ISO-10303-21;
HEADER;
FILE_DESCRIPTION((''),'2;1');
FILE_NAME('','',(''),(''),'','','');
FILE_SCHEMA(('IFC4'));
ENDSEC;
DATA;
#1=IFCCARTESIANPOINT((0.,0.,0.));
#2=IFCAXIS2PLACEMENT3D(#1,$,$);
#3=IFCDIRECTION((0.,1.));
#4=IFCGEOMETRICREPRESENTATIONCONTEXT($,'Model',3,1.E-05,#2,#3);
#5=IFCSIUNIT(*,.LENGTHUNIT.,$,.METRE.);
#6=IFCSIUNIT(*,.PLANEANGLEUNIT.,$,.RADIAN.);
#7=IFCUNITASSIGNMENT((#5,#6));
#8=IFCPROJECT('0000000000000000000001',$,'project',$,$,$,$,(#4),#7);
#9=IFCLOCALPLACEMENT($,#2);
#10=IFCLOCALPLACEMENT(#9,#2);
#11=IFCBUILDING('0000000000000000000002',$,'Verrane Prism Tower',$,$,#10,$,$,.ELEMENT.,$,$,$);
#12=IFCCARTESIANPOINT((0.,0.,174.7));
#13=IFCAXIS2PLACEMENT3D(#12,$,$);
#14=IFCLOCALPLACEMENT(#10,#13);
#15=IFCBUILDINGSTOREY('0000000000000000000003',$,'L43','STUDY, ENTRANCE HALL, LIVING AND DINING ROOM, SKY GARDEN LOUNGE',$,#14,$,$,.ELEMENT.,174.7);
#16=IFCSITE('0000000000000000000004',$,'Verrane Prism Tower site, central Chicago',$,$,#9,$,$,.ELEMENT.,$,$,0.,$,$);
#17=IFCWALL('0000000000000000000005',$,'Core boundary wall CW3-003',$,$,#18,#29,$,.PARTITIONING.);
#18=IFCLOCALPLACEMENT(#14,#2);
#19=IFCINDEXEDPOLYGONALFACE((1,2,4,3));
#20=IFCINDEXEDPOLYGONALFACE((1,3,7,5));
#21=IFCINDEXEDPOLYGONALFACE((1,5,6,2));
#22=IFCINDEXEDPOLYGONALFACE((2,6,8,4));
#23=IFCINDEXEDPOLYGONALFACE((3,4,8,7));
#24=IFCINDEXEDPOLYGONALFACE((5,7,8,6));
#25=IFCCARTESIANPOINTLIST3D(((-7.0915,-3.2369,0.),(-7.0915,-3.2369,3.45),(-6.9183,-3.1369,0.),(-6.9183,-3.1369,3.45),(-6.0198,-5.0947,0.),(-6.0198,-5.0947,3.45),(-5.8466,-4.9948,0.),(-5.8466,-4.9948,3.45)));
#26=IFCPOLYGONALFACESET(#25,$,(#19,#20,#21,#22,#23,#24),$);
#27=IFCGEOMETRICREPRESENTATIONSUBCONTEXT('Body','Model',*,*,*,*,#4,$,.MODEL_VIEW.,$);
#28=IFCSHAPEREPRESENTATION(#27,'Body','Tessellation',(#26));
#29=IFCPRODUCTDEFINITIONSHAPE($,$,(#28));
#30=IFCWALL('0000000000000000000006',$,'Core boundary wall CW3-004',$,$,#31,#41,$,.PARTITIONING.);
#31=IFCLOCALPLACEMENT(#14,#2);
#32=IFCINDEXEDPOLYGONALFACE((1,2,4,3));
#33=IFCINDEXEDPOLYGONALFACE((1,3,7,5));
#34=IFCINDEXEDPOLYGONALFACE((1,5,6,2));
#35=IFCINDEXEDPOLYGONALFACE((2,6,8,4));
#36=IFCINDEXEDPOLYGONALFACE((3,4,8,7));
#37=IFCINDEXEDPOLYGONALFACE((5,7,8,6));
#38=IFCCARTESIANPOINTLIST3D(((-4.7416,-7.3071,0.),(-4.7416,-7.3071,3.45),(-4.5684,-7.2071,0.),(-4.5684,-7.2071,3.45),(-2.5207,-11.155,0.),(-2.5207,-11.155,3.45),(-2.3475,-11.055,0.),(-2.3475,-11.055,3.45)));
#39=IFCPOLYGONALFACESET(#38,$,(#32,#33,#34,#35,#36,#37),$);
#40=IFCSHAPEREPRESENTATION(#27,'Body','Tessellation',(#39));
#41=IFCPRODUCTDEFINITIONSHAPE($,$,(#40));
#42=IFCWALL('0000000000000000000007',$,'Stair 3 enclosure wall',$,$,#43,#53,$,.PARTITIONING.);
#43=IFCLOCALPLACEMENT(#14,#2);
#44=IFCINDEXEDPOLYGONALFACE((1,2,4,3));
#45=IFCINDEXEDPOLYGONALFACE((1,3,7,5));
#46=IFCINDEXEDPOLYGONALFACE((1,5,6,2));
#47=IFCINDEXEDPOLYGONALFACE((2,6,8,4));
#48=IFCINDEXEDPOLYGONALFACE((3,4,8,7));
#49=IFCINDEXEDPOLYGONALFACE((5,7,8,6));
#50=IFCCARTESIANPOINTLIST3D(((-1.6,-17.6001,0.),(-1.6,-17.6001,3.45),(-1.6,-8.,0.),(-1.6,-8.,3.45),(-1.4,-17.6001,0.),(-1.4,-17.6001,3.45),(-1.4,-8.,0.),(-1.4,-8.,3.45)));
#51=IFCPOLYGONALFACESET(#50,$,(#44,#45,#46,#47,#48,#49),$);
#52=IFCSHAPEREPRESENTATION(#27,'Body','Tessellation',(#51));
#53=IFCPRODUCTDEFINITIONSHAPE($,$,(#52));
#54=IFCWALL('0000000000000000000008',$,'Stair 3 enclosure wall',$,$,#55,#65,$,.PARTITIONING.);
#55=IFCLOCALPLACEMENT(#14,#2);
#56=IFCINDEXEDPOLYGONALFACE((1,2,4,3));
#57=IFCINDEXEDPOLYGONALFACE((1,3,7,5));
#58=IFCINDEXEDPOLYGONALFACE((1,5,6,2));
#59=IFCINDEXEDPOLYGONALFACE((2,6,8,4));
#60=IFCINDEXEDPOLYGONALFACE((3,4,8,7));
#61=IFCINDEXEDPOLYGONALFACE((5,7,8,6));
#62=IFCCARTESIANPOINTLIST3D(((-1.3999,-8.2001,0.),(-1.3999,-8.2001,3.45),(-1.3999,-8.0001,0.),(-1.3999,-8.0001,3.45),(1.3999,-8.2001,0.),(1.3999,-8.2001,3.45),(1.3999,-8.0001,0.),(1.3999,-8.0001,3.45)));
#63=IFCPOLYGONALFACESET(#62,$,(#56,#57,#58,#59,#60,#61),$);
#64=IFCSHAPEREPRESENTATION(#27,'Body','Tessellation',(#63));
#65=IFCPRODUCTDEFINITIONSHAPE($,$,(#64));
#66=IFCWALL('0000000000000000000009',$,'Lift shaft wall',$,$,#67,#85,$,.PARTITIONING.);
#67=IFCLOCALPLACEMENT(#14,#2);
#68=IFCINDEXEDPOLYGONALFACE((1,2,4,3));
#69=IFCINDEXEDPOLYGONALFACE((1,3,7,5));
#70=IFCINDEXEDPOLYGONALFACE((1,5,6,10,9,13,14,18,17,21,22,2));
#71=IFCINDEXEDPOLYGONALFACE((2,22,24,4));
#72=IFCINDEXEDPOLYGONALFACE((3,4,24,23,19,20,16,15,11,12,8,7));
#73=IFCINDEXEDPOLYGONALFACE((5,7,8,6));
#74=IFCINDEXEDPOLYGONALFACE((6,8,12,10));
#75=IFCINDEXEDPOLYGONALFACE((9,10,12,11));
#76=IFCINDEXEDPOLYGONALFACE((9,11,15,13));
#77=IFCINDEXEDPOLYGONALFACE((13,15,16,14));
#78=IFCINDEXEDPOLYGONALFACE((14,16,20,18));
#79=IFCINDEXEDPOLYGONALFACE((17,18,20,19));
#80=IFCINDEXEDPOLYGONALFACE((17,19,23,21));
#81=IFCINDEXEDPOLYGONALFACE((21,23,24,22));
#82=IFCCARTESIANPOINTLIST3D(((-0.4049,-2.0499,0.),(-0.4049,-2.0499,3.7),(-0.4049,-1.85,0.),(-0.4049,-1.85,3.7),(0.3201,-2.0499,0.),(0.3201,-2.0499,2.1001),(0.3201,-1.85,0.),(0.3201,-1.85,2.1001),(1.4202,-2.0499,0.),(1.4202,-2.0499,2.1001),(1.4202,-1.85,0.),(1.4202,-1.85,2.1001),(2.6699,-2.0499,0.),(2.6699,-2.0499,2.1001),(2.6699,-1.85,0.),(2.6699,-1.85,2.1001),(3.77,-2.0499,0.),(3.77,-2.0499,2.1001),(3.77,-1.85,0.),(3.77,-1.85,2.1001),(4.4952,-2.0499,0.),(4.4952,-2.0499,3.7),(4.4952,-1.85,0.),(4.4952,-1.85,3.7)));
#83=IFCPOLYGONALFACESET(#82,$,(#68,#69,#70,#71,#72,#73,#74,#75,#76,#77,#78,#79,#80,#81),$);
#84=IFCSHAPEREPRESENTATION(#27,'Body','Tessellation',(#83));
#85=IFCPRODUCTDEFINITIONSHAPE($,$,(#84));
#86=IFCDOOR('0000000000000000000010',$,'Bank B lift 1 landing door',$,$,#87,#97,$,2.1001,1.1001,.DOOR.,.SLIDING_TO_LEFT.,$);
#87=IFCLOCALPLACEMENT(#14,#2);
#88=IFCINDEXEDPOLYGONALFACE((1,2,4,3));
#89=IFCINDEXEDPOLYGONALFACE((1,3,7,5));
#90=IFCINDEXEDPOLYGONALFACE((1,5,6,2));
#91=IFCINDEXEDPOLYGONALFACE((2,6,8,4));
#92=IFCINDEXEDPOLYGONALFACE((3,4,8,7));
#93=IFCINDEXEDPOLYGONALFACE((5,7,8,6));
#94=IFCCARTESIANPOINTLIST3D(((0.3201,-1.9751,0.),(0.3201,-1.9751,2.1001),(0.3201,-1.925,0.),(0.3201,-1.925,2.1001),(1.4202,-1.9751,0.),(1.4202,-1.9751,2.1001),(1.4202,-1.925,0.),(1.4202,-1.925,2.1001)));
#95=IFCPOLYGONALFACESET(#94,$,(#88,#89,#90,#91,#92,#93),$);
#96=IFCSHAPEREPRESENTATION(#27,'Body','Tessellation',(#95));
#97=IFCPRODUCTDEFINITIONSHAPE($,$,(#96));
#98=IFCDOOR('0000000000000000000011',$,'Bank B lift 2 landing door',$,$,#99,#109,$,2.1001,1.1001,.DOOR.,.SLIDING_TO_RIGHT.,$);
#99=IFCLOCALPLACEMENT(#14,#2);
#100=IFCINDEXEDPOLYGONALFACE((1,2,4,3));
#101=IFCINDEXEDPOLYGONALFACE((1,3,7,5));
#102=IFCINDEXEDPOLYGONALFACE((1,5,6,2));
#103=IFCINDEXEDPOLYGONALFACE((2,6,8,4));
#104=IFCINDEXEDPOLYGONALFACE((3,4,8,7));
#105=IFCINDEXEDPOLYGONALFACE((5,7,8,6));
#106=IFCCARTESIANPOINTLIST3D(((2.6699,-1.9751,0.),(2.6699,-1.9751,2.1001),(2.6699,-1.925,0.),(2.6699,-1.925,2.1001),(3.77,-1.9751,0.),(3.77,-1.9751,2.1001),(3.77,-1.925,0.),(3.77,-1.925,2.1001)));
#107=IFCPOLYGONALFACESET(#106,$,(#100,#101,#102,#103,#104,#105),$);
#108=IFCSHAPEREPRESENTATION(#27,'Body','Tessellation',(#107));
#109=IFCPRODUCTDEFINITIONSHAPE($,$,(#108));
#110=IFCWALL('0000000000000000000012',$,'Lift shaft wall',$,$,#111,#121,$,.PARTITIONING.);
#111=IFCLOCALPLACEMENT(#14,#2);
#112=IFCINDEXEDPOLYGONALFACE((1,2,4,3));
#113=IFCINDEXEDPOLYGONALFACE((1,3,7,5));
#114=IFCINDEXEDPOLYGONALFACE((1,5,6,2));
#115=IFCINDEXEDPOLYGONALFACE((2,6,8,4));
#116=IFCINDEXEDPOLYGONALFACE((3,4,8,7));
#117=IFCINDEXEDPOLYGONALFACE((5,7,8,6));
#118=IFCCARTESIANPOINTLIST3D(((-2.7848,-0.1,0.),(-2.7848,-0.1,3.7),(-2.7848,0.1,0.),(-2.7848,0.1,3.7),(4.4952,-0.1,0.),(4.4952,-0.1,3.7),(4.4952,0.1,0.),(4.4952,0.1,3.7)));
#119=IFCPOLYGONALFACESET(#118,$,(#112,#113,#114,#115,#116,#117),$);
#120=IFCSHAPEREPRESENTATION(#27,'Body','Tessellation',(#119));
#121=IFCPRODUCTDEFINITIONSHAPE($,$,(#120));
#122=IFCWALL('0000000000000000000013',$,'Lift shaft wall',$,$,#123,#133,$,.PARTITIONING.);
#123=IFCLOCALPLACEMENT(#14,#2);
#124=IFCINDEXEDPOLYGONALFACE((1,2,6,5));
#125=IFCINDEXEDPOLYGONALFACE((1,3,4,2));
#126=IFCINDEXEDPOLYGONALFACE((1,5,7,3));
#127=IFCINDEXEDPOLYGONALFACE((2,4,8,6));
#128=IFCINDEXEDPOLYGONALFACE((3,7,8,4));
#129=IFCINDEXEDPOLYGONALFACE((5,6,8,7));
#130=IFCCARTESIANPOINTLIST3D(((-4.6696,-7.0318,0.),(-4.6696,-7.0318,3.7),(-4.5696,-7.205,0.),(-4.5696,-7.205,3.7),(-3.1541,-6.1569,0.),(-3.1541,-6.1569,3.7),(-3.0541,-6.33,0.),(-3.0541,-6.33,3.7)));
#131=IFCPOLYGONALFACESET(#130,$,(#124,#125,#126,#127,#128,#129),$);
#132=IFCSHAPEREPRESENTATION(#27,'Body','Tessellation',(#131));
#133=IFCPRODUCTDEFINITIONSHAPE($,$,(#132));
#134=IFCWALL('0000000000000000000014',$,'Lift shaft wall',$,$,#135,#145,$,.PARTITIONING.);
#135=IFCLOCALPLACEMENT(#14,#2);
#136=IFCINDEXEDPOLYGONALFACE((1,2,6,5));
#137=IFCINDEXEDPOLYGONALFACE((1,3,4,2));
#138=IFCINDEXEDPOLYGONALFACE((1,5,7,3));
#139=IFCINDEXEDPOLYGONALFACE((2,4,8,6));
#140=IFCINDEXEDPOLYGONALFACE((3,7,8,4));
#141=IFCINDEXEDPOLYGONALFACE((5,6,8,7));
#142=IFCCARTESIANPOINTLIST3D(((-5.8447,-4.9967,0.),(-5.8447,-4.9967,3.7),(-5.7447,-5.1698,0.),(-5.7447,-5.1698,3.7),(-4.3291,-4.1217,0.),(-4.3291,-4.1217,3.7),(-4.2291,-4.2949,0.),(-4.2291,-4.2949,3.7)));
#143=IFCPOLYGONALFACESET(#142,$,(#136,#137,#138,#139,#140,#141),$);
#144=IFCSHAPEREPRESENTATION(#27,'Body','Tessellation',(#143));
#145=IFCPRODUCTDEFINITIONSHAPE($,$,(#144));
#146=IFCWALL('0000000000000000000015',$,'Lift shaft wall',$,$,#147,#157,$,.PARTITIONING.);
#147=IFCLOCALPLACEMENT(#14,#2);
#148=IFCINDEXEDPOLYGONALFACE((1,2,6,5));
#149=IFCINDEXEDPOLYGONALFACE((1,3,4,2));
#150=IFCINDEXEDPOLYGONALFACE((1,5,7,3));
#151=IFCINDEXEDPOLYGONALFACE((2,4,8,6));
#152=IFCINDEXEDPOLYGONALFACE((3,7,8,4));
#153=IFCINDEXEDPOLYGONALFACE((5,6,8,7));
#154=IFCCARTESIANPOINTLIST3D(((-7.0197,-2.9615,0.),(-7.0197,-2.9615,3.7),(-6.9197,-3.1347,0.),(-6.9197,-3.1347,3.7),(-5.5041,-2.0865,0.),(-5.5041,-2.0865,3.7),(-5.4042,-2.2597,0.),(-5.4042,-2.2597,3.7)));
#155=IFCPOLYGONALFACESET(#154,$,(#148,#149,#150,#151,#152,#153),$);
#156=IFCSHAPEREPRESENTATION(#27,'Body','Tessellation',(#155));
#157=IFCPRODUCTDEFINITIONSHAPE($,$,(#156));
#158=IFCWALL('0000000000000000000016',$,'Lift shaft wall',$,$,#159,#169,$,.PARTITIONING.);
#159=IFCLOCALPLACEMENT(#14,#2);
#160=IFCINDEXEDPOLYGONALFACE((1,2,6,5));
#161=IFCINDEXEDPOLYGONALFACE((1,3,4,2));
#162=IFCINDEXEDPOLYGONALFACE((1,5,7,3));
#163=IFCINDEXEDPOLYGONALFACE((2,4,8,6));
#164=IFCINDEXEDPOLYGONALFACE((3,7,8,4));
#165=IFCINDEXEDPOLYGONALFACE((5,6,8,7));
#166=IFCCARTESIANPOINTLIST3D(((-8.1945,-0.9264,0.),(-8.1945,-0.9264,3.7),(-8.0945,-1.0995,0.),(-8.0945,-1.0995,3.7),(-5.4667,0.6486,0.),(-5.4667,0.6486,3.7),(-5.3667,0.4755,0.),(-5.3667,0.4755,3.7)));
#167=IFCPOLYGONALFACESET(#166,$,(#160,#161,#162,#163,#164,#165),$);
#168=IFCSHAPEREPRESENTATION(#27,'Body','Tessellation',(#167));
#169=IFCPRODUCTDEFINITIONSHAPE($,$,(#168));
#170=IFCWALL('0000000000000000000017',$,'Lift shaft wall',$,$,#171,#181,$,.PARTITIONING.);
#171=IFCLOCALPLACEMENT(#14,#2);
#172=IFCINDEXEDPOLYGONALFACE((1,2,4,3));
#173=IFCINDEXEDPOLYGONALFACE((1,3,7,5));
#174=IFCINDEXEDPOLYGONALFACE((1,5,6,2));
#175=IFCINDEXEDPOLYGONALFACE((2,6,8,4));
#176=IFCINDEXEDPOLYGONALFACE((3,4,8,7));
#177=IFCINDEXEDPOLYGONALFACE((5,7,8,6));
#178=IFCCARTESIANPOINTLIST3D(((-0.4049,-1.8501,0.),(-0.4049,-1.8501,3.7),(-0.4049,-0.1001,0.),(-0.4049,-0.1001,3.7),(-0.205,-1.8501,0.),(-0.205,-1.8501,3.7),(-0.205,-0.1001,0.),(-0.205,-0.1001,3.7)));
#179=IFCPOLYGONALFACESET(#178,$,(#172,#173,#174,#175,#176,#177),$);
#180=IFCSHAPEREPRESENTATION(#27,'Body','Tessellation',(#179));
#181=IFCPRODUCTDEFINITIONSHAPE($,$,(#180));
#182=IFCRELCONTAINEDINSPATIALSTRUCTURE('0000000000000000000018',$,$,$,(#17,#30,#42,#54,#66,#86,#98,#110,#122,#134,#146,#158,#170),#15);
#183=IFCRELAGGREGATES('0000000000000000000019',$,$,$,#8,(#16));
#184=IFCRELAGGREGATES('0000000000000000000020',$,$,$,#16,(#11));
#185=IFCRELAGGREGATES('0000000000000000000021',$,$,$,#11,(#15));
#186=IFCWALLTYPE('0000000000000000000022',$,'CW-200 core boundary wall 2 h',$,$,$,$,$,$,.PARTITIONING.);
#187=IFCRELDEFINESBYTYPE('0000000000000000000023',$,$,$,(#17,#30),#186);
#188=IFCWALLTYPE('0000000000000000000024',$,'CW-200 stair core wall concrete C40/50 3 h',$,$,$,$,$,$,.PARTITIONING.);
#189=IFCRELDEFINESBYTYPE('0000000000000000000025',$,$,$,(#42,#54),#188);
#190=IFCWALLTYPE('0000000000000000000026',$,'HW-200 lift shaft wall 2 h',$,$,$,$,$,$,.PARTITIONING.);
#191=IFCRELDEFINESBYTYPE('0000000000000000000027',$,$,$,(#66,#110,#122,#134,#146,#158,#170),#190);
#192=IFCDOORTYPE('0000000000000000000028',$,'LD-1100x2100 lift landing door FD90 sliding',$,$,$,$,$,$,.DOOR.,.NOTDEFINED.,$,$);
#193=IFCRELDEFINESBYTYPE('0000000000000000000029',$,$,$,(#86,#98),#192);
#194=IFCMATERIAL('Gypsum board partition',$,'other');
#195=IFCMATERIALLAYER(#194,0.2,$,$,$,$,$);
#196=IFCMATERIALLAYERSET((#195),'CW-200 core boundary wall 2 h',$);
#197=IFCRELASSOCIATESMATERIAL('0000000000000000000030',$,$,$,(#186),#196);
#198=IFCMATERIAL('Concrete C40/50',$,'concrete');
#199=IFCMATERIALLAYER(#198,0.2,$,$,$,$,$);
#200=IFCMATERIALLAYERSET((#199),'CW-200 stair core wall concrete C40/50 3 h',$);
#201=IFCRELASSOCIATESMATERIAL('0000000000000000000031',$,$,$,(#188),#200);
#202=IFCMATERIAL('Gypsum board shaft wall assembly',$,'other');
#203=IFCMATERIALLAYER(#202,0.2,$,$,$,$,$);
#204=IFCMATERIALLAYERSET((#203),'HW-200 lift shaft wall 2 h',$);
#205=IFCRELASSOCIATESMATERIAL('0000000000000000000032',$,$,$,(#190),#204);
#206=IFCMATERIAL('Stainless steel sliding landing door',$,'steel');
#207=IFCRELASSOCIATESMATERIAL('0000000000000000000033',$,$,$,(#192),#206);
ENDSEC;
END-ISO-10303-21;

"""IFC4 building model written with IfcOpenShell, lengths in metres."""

from ifc_helpers import new_model, si_unit, direction, frame, frame_2d, origin, place, context, subcontext, project, spatial, rectangle, extrude, material, layer, layer_set, type_object, element, fill, save


model = new_model("IFC4")

# Units and contexts
model_context = context("Model", 3, precision=1e-05, world=origin(), true_north=direction((0.0, 1.0)))
body_context = subcontext(model_context, "Body", "Model", "MODEL_VIEW")
ifc_project = project(units=[si_unit("LENGTHUNIT", "METRE"), si_unit("PLANEANGLEUNIT", "RADIAN")], contexts=[model_context])

# Site, building, storey
site_placement = place(None, origin())
site = spatial("IfcSite", under=ifc_project, at=site_placement, Name="Verrane Prism Tower site, central Chicago", CompositionType="ELEMENT", RefElevation=0.0)
building_placement = place(site_placement, origin())
building = spatial("IfcBuilding", under=site, at=building_placement, Name="Verrane Prism Tower", CompositionType="ELEMENT")
storey_placement = place(building_placement, frame((0.0, 0.0, 174.7)))
storey = spatial("IfcBuildingStorey", under=building, at=storey_placement, Name="L43", Description="STUDY, ENTRANCE HALL, LIVING AND DINING ROOM, SKY GARDEN LOUNGE", CompositionType="ELEMENT", Elevation=174.7)

# Walls
ifc_material_1 = material(Name="Gypsum board partition", Category="other")
ifc_layer_1 = layer(ifc_material_1, 0.2)
ifc_layer_set_1 = layer_set([ifc_layer_1], Name="CW-200 core boundary wall 2 h")
wall_type_1 = type_object("IfcWallType", Name="CW-200 core boundary wall 2 h", PredefinedType="PARTITIONING", material=ifc_layer_set_1)
wall_1_placement = place(storey_placement, frame((-7.0049, -3.187, 0.0), z_axis=(0.0, 0.0, 1.0), x_axis=(0.49969, -0.866205, 0.0)))
element("IfcWall", 1, at=wall_1_placement, inside=storey, type_object=wall_type_1, Name="Core boundary wall CW3-003", PredefinedType="PARTITIONING", context=body_context, shape_type="SweptSolid", body=[
    extrude(rectangle(XDim=2.1448, YDim=0.2, at=frame_2d((1.0723, 0.0))), origin(), (0.0, 0.0, 1.0), 3.45),
])
wall_2_placement = place(storey_placement, frame((-4.655, -7.2571, 0.0), z_axis=(0.0, 0.0, 1.0), x_axis=(0.499892, -0.866088, 0.0)))
element("IfcWall", 2, at=wall_2_placement, inside=storey, type_object=wall_type_1, Name="Core boundary wall CW3-004", PredefinedType="PARTITIONING", context=body_context, shape_type="SweptSolid", body=[
    extrude(rectangle(XDim=4.4429, YDim=0.2, at=frame_2d((2.2214, 0.0))), origin(), (0.0, 0.0, 1.0), 3.45),
])
ifc_material_2 = material(Name="Concrete C40/50", Category="concrete")
ifc_layer_2 = layer(ifc_material_2, 0.2)
ifc_layer_set_2 = layer_set([ifc_layer_2], Name="CW-200 stair core wall concrete C40/50 3 h")
wall_type_2 = type_object("IfcWallType", Name="CW-200 stair core wall concrete C40/50 3 h", PredefinedType="PARTITIONING", material=ifc_layer_set_2)
wall_3_placement = place(storey_placement, frame((-1.5, -8.0, 0.0), z_axis=(0.0, 0.0, 1.0), x_axis=(0.0, -1.0, 0.0)))
element("IfcWall", 3, at=wall_3_placement, inside=storey, type_object=wall_type_2, Name="Stair 3 enclosure wall", PredefinedType="PARTITIONING", context=body_context, shape_type="SweptSolid", body=[
    extrude(rectangle(XDim=9.6001, YDim=0.2, at=frame_2d((4.8, 0.0))), origin(), (0.0, 0.0, 1.0), 3.45),
])
wall_4_placement = place(storey_placement, frame((-1.3999, -8.1001, 0.0), z_axis=(0.0, 0.0, 1.0), x_axis=(1.0, 0.0, 0.0)))
element("IfcWall", 4, at=wall_4_placement, inside=storey, type_object=wall_type_2, Name="Stair 3 enclosure wall", PredefinedType="PARTITIONING", context=body_context, shape_type="SweptSolid", body=[
    extrude(rectangle(XDim=2.7998, YDim=0.2, at=frame_2d((1.3999, 0.0))), origin(), (0.0, 0.0, 1.0), 3.45),
])

# Wall, openings, doors
ifc_material_3 = material(Name="Gypsum board shaft wall assembly", Category="other")
ifc_layer_3 = layer(ifc_material_3, 0.2)
ifc_layer_set_3 = layer_set([ifc_layer_3], Name="HW-200 lift shaft wall 2 h")
wall_type_3 = type_object("IfcWallType", Name="HW-200 lift shaft wall 2 h", PredefinedType="PARTITIONING", material=ifc_layer_set_3)
wall_5_placement = place(storey_placement, frame((-0.405, -1.95, 0.0), z_axis=(0.0, 0.0, 1.0), x_axis=(1.0, 0.0, 0.0)))
wall_5 = element("IfcWall", 5, at=wall_5_placement, inside=storey, type_object=wall_type_3, Name="Lift shaft wall", PredefinedType="PARTITIONING", context=body_context, shape_type="SweptSolid", body=[
    extrude(rectangle(XDim=4.9001, YDim=0.2, at=frame_2d((2.4502, 0.0))), origin(), (0.0, 0.0, 1.0), 3.7),
])
opening_1_placement = place(wall_5_placement, frame((0.7251, 0.0, 0.0)))
opening_1 = element("IfcOpeningElement", 6, at=opening_1_placement, cuts=wall_5, PredefinedType="OPENING", context=body_context, shape_type="SweptSolid", body=[
    extrude(rectangle(XDim=1.1001, YDim=2.1001, at=frame_2d((0.55, 1.05))), frame((0.0, 0.1099, 0.0), z_axis=(0.0, -1.0, 0.0), x_axis=(1.0, 0.0, 0.0)), (0.0, 0.0, 1.0), 0.22),
])
opening_2_placement = place(wall_5_placement, frame((3.075, 0.0, 0.0)))
opening_2 = element("IfcOpeningElement", 7, at=opening_2_placement, cuts=wall_5, PredefinedType="OPENING", context=body_context, shape_type="SweptSolid", body=[
    extrude(rectangle(XDim=1.1001, YDim=2.1001, at=frame_2d((0.55, 1.05))), frame((0.0, 0.1099, 0.0), z_axis=(0.0, -1.0, 0.0), x_axis=(1.0, 0.0, 0.0)), (0.0, 0.0, 1.0), 0.22),
])
ifc_material_4 = material(Name="Stainless steel sliding landing door", Category="steel")
door_type_1 = type_object("IfcDoorType", Name="LD-1100x2100 lift landing door FD90 sliding", OperationType="NOTDEFINED", PredefinedType="DOOR", material=ifc_material_4)
door_1_placement = place(opening_1_placement, origin())
door_1 = element("IfcDoor", 8, at=door_1_placement, inside=storey, type_object=door_type_1, Name="Bank B lift 1 landing door", OperationType="SLIDING_TO_LEFT", OverallHeight=2.1001, OverallWidth=1.1001, PredefinedType="DOOR", context=body_context, shape_type="SweptSolid", body=[
    extrude(rectangle(XDim=1.1001, YDim=2.1001, at=frame_2d((0.55, 1.05))), frame((0.0, 0.0249, 0.0), z_axis=(0.0, -1.0, 0.0), x_axis=(1.0, 0.0, 0.0)), (0.0, 0.0, 1.0), 0.05),
])
fill(opening_1, door_1)
door_2_placement = place(opening_2_placement, origin())
door_2 = element("IfcDoor", 9, at=door_2_placement, inside=storey, type_object=door_type_1, Name="Bank B lift 2 landing door", OperationType="SLIDING_TO_RIGHT", OverallHeight=2.1001, OverallWidth=1.1001, PredefinedType="DOOR", context=body_context, shape_type="SweptSolid", body=[
    extrude(rectangle(XDim=1.1001, YDim=2.1001, at=frame_2d((0.55, 1.05))), frame((0.0, 0.0249, 0.0), z_axis=(0.0, -1.0, 0.0), x_axis=(1.0, 0.0, 0.0)), (0.0, 0.0, 1.0), 0.05),
])
fill(opening_2, door_2)

# Walls
wall_6_placement = place(storey_placement, frame((-2.7849, 0.0, 0.0), z_axis=(0.0, 0.0, 1.0), x_axis=(1.0, 0.0, 0.0)))
element("IfcWall", 10, at=wall_6_placement, inside=storey, type_object=wall_type_3, Name="Lift shaft wall", PredefinedType="PARTITIONING", context=body_context, shape_type="SweptSolid", body=[
    extrude(rectangle(XDim=7.28, YDim=0.2, at=frame_2d((3.6401, 0.0))), origin(), (0.0, 0.0, 1.0), 3.7),
])
for number, where, z_axis, x_axis, name in (
    (11, (-4.6196, -7.1184, 0.0), (0.0, 0.0, 1.0), (0.866037, 0.49998, 0.0), "Lift shaft wall"),
    (12, (-5.7947, -5.0833, 0.0), (0.0, 0.0, 1.0), (0.866037, 0.49998, 0.0), "Lift shaft wall"),
    (13, (-6.9697, -3.0481, 0.0), (0.0, 0.0, 1.0), (0.866037, 0.49998, 0.0), "Lift shaft wall"),
):
    element("IfcWall", number, at=place(storey_placement, frame(where, z_axis=z_axis, x_axis=x_axis)), inside=storey, type_object=wall_type_3, Name=name, PredefinedType="PARTITIONING", context=body_context, shape_type="SweptSolid", body=[
        extrude(rectangle(XDim=1.75, YDim=0.2, at=frame_2d((0.875, 0.0))), origin(), (0.0, 0.0, 1.0), 3.7),
    ])
wall_7_placement = place(storey_placement, frame((-8.1445, -1.0129, 0.0), z_axis=(0.0, 0.0, 1.0), x_axis=(0.866016, 0.500015, 0.0)))
element("IfcWall", 14, at=wall_7_placement, inside=storey, type_object=wall_type_3, Name="Lift shaft wall", PredefinedType="PARTITIONING", context=body_context, shape_type="SweptSolid", body=[
    extrude(rectangle(XDim=3.1499, YDim=0.2, at=frame_2d((1.575, 0.0))), origin(), (0.0, 0.0, 1.0), 3.7),
])
wall_8_placement = place(storey_placement, frame((-0.3049, -1.8501, 0.0), z_axis=(0.0, 0.0, 1.0), x_axis=(0.0, 1.0, 0.0)))
element("IfcWall", 15, at=wall_8_placement, inside=storey, type_object=wall_type_3, Name="Lift shaft wall", PredefinedType="PARTITIONING", context=body_context, shape_type="SweptSolid", body=[
    extrude(rectangle(XDim=1.75, YDim=0.2, at=frame_2d((0.875, 0.0))), origin(), (0.0, 0.0, 1.0), 3.7),
])

save(model, "model.ifc")
